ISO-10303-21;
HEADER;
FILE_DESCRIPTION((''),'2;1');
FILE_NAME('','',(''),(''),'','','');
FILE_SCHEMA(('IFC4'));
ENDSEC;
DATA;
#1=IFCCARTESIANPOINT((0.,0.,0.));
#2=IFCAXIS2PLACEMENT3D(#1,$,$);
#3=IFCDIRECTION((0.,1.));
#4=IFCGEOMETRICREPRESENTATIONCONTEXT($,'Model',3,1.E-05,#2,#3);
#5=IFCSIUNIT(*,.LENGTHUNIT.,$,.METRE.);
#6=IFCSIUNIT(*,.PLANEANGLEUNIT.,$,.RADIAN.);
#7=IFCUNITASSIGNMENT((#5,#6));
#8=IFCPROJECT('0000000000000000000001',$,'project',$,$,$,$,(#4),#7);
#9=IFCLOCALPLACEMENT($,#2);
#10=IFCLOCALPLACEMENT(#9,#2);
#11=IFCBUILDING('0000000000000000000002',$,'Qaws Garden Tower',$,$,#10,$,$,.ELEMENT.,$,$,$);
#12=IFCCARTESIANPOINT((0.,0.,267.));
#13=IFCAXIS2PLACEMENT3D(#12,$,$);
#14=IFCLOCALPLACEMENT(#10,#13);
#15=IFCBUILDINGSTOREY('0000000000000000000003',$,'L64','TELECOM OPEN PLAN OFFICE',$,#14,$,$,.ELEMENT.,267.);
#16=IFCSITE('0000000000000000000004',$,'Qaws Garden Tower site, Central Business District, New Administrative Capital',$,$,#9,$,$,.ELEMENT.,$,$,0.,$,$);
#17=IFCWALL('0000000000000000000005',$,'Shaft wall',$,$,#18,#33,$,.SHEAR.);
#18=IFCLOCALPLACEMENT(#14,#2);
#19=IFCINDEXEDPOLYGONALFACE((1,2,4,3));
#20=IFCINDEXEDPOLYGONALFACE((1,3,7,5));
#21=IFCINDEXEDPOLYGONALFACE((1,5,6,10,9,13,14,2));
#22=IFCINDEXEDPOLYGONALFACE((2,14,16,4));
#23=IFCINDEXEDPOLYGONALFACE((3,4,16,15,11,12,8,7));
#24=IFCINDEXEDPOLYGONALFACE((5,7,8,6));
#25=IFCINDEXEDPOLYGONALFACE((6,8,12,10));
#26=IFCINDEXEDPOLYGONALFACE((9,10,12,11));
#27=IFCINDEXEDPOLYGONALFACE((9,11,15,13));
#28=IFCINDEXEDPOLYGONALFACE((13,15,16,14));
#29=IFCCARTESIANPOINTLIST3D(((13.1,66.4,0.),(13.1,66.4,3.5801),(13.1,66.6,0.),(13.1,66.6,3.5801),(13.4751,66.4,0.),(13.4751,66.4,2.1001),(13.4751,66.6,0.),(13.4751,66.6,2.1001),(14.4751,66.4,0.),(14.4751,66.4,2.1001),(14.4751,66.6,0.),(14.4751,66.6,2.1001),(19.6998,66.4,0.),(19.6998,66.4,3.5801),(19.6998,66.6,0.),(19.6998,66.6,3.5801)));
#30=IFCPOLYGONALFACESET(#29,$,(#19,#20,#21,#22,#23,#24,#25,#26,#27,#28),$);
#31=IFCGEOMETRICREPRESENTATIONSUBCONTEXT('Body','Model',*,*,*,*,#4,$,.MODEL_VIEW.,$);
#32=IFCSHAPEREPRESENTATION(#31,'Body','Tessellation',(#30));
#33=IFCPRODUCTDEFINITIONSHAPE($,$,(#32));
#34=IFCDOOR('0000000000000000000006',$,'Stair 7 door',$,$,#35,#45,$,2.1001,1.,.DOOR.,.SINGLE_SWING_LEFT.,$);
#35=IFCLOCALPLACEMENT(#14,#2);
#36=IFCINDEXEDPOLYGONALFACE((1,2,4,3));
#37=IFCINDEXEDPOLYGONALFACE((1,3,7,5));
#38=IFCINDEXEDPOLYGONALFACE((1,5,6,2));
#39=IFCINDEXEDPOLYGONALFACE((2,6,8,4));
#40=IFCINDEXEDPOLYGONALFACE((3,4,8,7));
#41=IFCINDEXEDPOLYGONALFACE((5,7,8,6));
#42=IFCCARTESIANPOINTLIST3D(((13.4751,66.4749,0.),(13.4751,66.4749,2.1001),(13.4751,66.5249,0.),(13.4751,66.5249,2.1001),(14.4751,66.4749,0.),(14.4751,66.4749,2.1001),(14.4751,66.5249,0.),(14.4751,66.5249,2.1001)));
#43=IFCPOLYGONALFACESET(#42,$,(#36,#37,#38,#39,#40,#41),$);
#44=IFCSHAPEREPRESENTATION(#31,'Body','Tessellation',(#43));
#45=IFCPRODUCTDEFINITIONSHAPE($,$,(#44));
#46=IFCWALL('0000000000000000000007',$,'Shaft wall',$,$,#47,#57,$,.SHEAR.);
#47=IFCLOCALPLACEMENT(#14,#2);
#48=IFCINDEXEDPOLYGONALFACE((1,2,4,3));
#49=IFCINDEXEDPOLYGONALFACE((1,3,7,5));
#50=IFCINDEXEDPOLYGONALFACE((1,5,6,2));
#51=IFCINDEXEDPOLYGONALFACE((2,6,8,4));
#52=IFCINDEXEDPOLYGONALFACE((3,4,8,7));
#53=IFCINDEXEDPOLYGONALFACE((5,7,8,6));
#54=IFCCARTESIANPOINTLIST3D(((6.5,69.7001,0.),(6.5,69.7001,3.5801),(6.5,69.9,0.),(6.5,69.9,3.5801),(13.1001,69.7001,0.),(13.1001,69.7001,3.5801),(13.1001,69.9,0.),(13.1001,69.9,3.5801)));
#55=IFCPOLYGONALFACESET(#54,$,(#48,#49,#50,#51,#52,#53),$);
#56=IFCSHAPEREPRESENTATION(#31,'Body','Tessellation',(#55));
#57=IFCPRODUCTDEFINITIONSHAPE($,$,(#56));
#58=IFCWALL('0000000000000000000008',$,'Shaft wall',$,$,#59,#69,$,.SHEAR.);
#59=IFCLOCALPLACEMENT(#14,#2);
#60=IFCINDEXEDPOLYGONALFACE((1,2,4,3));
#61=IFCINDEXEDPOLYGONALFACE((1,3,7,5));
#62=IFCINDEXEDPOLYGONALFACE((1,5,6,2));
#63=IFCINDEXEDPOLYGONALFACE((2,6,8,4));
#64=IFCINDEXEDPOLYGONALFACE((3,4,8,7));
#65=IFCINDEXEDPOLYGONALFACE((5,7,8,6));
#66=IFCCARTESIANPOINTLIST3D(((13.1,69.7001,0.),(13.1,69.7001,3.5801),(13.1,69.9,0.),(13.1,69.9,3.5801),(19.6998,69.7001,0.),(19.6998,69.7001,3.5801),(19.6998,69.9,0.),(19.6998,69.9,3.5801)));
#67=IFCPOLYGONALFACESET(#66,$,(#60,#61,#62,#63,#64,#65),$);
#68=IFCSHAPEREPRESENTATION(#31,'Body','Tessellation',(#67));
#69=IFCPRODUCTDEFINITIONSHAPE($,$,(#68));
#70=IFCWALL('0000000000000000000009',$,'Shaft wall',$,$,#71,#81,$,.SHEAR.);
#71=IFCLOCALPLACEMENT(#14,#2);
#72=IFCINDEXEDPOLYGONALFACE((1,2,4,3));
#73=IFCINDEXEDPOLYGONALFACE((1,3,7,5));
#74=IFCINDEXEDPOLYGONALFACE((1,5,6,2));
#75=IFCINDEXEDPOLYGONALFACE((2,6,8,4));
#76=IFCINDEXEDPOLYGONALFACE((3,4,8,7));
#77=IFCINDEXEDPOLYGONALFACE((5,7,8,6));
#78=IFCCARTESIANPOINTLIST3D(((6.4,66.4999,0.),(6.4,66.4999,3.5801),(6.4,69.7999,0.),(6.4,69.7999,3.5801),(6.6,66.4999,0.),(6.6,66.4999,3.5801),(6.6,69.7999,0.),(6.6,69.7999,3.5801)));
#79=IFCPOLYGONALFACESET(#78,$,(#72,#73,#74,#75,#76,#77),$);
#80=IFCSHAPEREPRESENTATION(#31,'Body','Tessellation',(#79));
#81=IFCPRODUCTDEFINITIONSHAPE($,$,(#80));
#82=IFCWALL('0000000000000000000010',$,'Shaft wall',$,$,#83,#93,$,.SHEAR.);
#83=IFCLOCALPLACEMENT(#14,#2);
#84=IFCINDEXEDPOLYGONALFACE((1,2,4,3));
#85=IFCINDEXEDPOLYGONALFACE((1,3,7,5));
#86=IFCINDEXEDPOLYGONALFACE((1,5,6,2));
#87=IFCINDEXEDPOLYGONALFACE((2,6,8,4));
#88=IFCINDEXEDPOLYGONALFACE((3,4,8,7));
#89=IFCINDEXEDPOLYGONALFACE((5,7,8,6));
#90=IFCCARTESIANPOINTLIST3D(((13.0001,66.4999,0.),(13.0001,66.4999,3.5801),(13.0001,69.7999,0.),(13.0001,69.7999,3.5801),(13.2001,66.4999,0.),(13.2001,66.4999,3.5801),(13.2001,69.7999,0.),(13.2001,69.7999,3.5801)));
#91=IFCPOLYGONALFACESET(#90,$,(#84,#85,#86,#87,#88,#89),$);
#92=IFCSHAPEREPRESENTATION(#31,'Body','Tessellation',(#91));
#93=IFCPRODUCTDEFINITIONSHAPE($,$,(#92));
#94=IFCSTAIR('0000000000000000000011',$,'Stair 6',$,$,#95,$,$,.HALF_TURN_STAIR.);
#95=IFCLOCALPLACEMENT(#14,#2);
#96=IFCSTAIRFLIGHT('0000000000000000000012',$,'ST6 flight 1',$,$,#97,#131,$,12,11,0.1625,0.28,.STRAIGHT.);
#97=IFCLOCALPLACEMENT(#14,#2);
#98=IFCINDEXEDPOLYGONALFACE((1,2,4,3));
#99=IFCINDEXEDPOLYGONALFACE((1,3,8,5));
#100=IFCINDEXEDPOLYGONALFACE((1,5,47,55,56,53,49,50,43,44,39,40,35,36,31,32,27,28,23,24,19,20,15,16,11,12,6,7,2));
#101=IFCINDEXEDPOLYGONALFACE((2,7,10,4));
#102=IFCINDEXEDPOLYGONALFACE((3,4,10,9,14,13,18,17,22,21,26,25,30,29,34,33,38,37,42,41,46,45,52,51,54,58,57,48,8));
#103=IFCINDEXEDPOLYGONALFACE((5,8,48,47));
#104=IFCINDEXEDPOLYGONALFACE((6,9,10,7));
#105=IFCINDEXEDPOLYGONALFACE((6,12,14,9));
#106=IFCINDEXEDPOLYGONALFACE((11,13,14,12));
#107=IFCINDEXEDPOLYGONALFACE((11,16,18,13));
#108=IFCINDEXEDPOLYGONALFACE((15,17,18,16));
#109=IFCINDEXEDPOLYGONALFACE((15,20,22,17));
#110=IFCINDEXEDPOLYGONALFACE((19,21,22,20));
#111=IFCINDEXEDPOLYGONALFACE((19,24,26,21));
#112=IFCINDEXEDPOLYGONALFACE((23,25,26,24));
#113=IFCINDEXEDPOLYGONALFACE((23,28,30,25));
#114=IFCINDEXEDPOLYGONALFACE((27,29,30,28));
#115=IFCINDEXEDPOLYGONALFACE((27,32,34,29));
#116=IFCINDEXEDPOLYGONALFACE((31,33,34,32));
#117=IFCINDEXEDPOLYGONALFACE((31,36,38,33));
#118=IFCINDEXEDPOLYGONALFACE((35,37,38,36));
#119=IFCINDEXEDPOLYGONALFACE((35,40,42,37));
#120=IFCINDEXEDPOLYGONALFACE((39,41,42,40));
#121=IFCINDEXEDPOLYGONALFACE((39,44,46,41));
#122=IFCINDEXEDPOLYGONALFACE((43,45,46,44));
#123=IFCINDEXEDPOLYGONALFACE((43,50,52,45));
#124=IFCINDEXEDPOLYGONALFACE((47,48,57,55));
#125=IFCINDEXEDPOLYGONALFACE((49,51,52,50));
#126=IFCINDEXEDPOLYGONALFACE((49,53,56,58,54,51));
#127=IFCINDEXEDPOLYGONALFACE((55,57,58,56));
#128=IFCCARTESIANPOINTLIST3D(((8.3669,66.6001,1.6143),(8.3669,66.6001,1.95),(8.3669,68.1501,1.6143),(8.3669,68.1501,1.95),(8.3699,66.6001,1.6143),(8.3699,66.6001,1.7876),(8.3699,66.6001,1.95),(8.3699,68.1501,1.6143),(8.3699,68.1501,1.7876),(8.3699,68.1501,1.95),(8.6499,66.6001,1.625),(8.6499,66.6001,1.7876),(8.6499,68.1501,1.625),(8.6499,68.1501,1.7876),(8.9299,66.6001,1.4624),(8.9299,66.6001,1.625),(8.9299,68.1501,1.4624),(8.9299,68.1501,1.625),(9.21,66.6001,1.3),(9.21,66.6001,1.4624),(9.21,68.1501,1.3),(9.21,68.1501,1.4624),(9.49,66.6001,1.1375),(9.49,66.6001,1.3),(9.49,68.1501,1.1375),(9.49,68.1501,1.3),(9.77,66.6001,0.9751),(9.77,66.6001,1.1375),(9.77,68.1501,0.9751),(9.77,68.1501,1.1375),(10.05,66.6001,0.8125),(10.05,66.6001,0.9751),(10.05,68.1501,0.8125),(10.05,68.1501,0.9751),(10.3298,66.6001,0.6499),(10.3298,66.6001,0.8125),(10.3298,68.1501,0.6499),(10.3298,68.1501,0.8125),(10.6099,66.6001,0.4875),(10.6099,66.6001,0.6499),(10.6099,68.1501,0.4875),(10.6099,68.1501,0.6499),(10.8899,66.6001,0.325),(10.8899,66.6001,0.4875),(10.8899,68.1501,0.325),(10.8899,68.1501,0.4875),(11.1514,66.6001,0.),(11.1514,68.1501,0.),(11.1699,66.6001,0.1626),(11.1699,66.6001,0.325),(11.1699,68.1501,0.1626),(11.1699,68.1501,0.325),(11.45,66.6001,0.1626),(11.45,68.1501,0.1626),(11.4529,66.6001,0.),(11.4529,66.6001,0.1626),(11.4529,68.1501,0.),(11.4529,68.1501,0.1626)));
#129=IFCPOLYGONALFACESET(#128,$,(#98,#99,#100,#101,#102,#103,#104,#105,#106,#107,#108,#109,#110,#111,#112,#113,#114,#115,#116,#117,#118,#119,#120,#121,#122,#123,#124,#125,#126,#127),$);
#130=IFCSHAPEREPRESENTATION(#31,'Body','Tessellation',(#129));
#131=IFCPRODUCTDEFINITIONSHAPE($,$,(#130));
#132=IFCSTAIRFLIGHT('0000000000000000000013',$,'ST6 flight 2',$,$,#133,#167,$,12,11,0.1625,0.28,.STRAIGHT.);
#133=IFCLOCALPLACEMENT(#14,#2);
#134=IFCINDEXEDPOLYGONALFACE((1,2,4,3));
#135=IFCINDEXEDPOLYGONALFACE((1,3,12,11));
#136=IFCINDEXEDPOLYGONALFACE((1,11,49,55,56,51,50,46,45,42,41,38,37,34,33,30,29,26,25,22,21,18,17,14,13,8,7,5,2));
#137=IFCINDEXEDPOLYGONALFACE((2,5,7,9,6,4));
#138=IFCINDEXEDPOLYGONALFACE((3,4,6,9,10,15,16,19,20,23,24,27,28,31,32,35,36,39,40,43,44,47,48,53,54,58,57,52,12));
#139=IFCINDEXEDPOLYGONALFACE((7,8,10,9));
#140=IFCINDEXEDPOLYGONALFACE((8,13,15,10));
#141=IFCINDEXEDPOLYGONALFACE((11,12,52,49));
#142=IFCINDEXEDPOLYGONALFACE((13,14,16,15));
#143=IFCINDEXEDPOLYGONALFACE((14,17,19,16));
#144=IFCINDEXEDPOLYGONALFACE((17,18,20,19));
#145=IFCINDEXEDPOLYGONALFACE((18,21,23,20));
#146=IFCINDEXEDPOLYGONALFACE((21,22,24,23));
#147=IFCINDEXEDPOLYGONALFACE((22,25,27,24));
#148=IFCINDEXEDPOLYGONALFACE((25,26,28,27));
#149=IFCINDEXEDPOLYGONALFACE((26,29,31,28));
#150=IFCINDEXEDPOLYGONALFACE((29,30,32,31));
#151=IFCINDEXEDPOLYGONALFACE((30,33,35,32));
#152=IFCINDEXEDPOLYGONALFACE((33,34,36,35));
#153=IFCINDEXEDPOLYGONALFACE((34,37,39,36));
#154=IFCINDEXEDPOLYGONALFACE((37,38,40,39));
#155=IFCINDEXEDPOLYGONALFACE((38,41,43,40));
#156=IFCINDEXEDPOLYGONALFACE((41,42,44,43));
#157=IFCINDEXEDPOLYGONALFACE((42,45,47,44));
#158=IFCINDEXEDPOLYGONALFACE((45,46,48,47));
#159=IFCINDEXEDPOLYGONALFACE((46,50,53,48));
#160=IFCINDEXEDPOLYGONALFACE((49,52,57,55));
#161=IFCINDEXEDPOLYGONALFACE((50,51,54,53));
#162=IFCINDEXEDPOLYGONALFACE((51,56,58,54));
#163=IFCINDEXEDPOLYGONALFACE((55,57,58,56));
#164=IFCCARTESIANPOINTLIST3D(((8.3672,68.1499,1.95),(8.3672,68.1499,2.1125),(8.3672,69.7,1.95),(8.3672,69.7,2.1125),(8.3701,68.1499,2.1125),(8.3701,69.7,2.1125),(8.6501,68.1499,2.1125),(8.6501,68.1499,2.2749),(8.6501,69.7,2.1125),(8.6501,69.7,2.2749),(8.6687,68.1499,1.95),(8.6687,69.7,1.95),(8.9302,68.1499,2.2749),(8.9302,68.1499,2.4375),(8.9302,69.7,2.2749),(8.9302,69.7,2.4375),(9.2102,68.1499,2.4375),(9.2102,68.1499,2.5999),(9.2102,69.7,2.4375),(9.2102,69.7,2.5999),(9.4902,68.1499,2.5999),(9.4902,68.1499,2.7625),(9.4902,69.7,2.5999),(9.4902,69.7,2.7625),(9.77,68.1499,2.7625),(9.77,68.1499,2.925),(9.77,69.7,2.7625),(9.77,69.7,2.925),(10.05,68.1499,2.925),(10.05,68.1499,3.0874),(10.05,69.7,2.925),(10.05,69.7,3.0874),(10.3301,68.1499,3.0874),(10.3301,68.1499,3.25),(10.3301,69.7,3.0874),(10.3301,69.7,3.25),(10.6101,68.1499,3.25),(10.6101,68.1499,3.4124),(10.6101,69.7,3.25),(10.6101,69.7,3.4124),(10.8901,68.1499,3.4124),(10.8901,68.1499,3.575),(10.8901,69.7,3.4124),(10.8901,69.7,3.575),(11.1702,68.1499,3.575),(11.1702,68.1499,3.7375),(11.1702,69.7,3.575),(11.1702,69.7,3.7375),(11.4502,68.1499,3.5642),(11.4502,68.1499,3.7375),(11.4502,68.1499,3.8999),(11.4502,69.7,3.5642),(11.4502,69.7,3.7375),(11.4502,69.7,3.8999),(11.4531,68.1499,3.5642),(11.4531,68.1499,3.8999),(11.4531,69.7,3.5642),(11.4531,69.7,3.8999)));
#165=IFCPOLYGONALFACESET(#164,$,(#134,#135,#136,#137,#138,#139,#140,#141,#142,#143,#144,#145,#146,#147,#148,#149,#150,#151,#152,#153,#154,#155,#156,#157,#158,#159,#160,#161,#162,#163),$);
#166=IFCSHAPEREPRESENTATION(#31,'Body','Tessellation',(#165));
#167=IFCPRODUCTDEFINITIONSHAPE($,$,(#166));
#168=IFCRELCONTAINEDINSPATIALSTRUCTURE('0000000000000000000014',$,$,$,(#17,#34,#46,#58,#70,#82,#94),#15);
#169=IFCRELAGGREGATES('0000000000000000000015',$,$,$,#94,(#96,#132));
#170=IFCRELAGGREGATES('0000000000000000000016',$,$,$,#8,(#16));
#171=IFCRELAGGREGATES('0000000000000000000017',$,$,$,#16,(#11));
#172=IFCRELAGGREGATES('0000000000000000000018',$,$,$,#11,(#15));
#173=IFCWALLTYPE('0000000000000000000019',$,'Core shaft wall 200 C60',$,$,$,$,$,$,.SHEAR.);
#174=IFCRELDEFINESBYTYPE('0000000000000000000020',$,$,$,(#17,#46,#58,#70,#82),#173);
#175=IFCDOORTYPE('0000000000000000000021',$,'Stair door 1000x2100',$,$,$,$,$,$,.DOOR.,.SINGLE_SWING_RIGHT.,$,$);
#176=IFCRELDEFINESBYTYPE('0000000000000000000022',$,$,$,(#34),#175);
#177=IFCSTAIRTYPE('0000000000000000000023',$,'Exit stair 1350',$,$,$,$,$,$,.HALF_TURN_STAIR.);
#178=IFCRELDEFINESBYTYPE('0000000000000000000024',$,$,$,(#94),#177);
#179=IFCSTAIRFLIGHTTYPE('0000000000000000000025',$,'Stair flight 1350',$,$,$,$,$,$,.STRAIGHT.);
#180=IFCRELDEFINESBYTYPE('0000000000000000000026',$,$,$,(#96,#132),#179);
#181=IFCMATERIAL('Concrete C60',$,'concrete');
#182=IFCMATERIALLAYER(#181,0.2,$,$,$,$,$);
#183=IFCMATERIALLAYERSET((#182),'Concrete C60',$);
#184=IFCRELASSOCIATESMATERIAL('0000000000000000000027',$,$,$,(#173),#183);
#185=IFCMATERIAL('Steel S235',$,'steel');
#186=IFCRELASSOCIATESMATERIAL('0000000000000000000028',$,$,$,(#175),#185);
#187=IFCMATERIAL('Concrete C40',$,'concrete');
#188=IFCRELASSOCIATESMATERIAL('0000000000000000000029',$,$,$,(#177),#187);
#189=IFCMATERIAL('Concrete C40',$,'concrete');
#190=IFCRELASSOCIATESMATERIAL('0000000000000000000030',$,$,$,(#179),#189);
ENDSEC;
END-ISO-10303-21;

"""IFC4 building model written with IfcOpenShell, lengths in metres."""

from ifc_helpers import new_model, si_unit, direction, frame, frame_2d, origin, place, context, subcontext, project, spatial, polyline, rectangle, outline, extrude, material, layer, layer_set, type_object, element, fill, aggregate, save


model = new_model("IFC4")

# Units and contexts
model_context = context("Model", 3, precision=1e-05, world=origin(), true_north=direction((0.0, 1.0)))
body_context = subcontext(model_context, "Body", "Model", "MODEL_VIEW")
ifc_project = project(units=[si_unit("LENGTHUNIT", "METRE"), si_unit("PLANEANGLEUNIT", "RADIAN")], contexts=[model_context])

# Site, building, storey
site_placement = place(None, origin())
site = spatial("IfcSite", under=ifc_project, at=site_placement, Name="Qaws Garden Tower site, Central Business District, New Administrative Capital", CompositionType="ELEMENT", RefElevation=0.0)
building_placement = place(site_placement, origin())
building = spatial("IfcBuilding", under=site, at=building_placement, Name="Qaws Garden Tower", CompositionType="ELEMENT")
storey_placement = place(building_placement, frame((0.0, 0.0, 267.0)))
storey = spatial("IfcBuildingStorey", under=building, at=storey_placement, Name="L64", Description="TELECOM OPEN PLAN OFFICE", CompositionType="ELEMENT", Elevation=267.0)

# Wall, opening, door
ifc_material_1 = material(Name="Concrete C60", Category="concrete")
ifc_layer_1 = layer(ifc_material_1, 0.2)
ifc_layer_set_1 = layer_set([ifc_layer_1], Name="Concrete C60")
wall_type_1 = type_object("IfcWallType", Name="Core shaft wall 200 C60", PredefinedType="SHEAR", material=ifc_layer_set_1)
ifc_material_2 = material(Name="Steel S235", Category="steel")
door_type = type_object("IfcDoorType", Name="Stair door 1000x2100", OperationType="SINGLE_SWING_RIGHT", PredefinedType="DOOR", material=ifc_material_2)
wall_1_placement = place(storey_placement, frame((13.1001, 66.5, 0.0), z_axis=(0.0, 0.0, 1.0), x_axis=(1.0, 0.0, 0.0)))
wall_1 = element("IfcWall", 1, at=wall_1_placement, inside=storey, type_object=wall_type_1, Name="Shaft wall", PredefinedType="SHEAR", context=body_context, shape_type="SweptSolid", body=[
    extrude(rectangle(XDim=6.5999, YDim=0.2, at=frame_2d((3.2998, 0.0))), origin(), (0.0, 0.0, 1.0), 3.5801),
])
opening_1_placement = place(wall_1_placement, frame((0.375, 0.0, 0.0)))
opening_1 = element("IfcOpeningElement", 2, at=opening_1_placement, cuts=wall_1, PredefinedType="OPENING", context=body_context, shape_type="SweptSolid", body=[
    extrude(rectangle(XDim=1.0, YDim=2.1001, at=frame_2d((0.5, 1.05))), frame((0.0, 0.1099, 0.0), z_axis=(0.0, -1.0, 0.0), x_axis=(1.0, 0.0, 0.0)), (0.0, 0.0, 1.0), 0.22),
])
door_1_placement = place(opening_1_placement, origin())
door_1 = element("IfcDoor", 3, at=door_1_placement, inside=storey, type_object=door_type, Name="Stair 7 door", OperationType="SINGLE_SWING_LEFT", OverallHeight=2.1001, OverallWidth=1.0, PredefinedType="DOOR", context=body_context, shape_type="SweptSolid", body=[
    extrude(rectangle(XDim=1.0, YDim=2.1001, at=frame_2d((0.5, 1.05))), frame((0.0, 0.0249, 0.0), z_axis=(0.0, -1.0, 0.0), x_axis=(1.0, 0.0, 0.0)), (0.0, 0.0, 1.0), 0.05),
])
fill(opening_1, door_1)

# Walls
wall_2_placement = place(storey_placement, frame((6.5, 69.8, 0.0), z_axis=(0.0, 0.0, 1.0), x_axis=(1.0, 0.0, 0.0)))
element("IfcWall", 4, at=wall_2_placement, inside=storey, type_object=wall_type_1, Name="Shaft wall", PredefinedType="SHEAR", context=body_context, shape_type="SweptSolid", body=[
    extrude(rectangle(XDim=6.6001, YDim=0.2, at=frame_2d((3.3, 0.0))), origin(), (0.0, 0.0, 1.0), 3.5801),
])
wall_3_placement = place(storey_placement, frame((13.1001, 69.8, 0.0), z_axis=(0.0, 0.0, 1.0), x_axis=(1.0, 0.0, 0.0)))
element("IfcWall", 5, at=wall_3_placement, inside=storey, type_object=wall_type_1, Name="Shaft wall", PredefinedType="SHEAR", context=body_context, shape_type="SweptSolid", body=[
    extrude(rectangle(XDim=6.5999, YDim=0.2, at=frame_2d((3.2998, 0.0))), origin(), (0.0, 0.0, 1.0), 3.5801),
])
for number, where, z_axis, x_axis, name in (
    (6, (6.5, 66.5, 0.0), (0.0, 0.0, 1.0), (0.0, 1.0, 0.0), "Shaft wall"),
    (7, (13.1001, 66.5, 0.0), (0.0, 0.0, 1.0), (0.0, 1.0, 0.0), "Shaft wall"),
):
    element("IfcWall", number, at=place(storey_placement, frame(where, z_axis=z_axis, x_axis=x_axis)), inside=storey, type_object=wall_type_1, Name=name, PredefinedType="SHEAR", context=body_context, shape_type="SweptSolid", body=[
        extrude(rectangle(XDim=3.3, YDim=0.2, at=frame_2d((1.6499, 0.0))), origin(), (0.0, 0.0, 1.0), 3.5801),
    ])

# Stair, stair flights
ifc_material_3 = material(Name="Concrete C40", Category="concrete")
stair_type = type_object("IfcStairType", Name="Exit stair 1350", PredefinedType="HALF_TURN_STAIR", material=ifc_material_3)
stair_placement = place(storey_placement, origin())
stair = element("IfcStair", 8, at=stair_placement, inside=storey, type_object=stair_type, Name="Stair 6", PredefinedType="HALF_TURN_STAIR")
ifc_material_4 = material(Name="Concrete C40", Category="concrete")
stair_flight_type = type_object("IfcStairFlightType", Name="Stair flight 1350", PredefinedType="STRAIGHT", material=ifc_material_4)
stair_flight_1_placement = place(storey_placement, frame((11.45, 67.375, 0.0), z_axis=(0.0, 0.0, 1.0), x_axis=(-1.0, 0.0, 0.0)))
stair_flight_1 = element("IfcStairFlight", 9, at=stair_flight_1_placement, type_object=stair_flight_type, Name="ST6 flight 1", NumberOfRisers=12, NumberOfTreads=11, PredefinedType="STRAIGHT", RiserHeight=0.1625, TreadLength=0.28, context=body_context, shape_type="SweptSolid", body=[
    extrude(outline(polyline([(-0.0029, 0.0), (-0.0029, 0.1626), (0.0, 0.1626), (0.28, 0.1626), (0.28, 0.325), (0.5601, 0.325), (0.5601, 0.4875), (0.8401, 0.4875), (0.8401, 0.6499), (1.1201, 0.6499), (1.1201, 0.8125), (1.3999, 0.8125), (1.3999, 0.9751), (1.6799, 0.9751), (1.6799, 1.1375), (1.96, 1.1375), (1.96, 1.3), (2.24, 1.3), (2.24, 1.4624), (2.52, 1.4624), (2.52, 1.625), (2.8, 1.625), (2.8, 1.7876), (3.0801, 1.7876), (3.0801, 1.95), (3.083, 1.95), (3.083, 1.6143), (3.0801, 1.6143), (0.2986, 0.0), (-0.0029, 0.0)])), frame((0.0, 0.7749, 0.0), z_axis=(0.0, -1.0, 0.0), x_axis=(1.0, 0.0, 0.0)), (0.0, 0.0, 1.0), 1.55),
])
stair_flight_2_placement = place(storey_placement, frame((8.3701, 68.925, 1.95), z_axis=(0.0, 0.0, 1.0), x_axis=(1.0, 0.0, 0.0)))
stair_flight_2 = element("IfcStairFlight", 10, at=stair_flight_2_placement, type_object=stair_flight_type, Name="ST6 flight 2", NumberOfRisers=12, NumberOfTreads=11, PredefinedType="STRAIGHT", RiserHeight=0.1625, TreadLength=0.28, context=body_context, shape_type="SweptSolid", body=[
    extrude(outline(polyline([(-0.0029, 0.0), (-0.0029, 0.1626), (0.0, 0.1626), (0.28, 0.1626), (0.28, 0.325), (0.5601, 0.325), (0.5601, 0.4875), (0.8401, 0.4875), (0.8401, 0.6499), (1.1201, 0.6499), (1.1201, 0.8125), (1.3999, 0.8125), (1.3999, 0.9751), (1.6799, 0.9751), (1.6799, 1.1375), (1.96, 1.1375), (1.96, 1.3), (2.24, 1.3), (2.24, 1.4624), (2.52, 1.4624), (2.52, 1.625), (2.8, 1.625), (2.8, 1.7876), (3.0801, 1.7876), (3.0801, 1.95), (3.083, 1.95), (3.083, 1.6143), (3.0801, 1.6143), (0.2986, 0.0), (-0.0029, 0.0)])), frame((0.0, 0.7749, 0.0), z_axis=(0.0, -1.0, 0.0), x_axis=(1.0, 0.0, 0.0)), (0.0, 0.0, 1.0), 1.55),
])
aggregate(stair, [stair_flight_1, stair_flight_2])

save(model, "model.ifc")
